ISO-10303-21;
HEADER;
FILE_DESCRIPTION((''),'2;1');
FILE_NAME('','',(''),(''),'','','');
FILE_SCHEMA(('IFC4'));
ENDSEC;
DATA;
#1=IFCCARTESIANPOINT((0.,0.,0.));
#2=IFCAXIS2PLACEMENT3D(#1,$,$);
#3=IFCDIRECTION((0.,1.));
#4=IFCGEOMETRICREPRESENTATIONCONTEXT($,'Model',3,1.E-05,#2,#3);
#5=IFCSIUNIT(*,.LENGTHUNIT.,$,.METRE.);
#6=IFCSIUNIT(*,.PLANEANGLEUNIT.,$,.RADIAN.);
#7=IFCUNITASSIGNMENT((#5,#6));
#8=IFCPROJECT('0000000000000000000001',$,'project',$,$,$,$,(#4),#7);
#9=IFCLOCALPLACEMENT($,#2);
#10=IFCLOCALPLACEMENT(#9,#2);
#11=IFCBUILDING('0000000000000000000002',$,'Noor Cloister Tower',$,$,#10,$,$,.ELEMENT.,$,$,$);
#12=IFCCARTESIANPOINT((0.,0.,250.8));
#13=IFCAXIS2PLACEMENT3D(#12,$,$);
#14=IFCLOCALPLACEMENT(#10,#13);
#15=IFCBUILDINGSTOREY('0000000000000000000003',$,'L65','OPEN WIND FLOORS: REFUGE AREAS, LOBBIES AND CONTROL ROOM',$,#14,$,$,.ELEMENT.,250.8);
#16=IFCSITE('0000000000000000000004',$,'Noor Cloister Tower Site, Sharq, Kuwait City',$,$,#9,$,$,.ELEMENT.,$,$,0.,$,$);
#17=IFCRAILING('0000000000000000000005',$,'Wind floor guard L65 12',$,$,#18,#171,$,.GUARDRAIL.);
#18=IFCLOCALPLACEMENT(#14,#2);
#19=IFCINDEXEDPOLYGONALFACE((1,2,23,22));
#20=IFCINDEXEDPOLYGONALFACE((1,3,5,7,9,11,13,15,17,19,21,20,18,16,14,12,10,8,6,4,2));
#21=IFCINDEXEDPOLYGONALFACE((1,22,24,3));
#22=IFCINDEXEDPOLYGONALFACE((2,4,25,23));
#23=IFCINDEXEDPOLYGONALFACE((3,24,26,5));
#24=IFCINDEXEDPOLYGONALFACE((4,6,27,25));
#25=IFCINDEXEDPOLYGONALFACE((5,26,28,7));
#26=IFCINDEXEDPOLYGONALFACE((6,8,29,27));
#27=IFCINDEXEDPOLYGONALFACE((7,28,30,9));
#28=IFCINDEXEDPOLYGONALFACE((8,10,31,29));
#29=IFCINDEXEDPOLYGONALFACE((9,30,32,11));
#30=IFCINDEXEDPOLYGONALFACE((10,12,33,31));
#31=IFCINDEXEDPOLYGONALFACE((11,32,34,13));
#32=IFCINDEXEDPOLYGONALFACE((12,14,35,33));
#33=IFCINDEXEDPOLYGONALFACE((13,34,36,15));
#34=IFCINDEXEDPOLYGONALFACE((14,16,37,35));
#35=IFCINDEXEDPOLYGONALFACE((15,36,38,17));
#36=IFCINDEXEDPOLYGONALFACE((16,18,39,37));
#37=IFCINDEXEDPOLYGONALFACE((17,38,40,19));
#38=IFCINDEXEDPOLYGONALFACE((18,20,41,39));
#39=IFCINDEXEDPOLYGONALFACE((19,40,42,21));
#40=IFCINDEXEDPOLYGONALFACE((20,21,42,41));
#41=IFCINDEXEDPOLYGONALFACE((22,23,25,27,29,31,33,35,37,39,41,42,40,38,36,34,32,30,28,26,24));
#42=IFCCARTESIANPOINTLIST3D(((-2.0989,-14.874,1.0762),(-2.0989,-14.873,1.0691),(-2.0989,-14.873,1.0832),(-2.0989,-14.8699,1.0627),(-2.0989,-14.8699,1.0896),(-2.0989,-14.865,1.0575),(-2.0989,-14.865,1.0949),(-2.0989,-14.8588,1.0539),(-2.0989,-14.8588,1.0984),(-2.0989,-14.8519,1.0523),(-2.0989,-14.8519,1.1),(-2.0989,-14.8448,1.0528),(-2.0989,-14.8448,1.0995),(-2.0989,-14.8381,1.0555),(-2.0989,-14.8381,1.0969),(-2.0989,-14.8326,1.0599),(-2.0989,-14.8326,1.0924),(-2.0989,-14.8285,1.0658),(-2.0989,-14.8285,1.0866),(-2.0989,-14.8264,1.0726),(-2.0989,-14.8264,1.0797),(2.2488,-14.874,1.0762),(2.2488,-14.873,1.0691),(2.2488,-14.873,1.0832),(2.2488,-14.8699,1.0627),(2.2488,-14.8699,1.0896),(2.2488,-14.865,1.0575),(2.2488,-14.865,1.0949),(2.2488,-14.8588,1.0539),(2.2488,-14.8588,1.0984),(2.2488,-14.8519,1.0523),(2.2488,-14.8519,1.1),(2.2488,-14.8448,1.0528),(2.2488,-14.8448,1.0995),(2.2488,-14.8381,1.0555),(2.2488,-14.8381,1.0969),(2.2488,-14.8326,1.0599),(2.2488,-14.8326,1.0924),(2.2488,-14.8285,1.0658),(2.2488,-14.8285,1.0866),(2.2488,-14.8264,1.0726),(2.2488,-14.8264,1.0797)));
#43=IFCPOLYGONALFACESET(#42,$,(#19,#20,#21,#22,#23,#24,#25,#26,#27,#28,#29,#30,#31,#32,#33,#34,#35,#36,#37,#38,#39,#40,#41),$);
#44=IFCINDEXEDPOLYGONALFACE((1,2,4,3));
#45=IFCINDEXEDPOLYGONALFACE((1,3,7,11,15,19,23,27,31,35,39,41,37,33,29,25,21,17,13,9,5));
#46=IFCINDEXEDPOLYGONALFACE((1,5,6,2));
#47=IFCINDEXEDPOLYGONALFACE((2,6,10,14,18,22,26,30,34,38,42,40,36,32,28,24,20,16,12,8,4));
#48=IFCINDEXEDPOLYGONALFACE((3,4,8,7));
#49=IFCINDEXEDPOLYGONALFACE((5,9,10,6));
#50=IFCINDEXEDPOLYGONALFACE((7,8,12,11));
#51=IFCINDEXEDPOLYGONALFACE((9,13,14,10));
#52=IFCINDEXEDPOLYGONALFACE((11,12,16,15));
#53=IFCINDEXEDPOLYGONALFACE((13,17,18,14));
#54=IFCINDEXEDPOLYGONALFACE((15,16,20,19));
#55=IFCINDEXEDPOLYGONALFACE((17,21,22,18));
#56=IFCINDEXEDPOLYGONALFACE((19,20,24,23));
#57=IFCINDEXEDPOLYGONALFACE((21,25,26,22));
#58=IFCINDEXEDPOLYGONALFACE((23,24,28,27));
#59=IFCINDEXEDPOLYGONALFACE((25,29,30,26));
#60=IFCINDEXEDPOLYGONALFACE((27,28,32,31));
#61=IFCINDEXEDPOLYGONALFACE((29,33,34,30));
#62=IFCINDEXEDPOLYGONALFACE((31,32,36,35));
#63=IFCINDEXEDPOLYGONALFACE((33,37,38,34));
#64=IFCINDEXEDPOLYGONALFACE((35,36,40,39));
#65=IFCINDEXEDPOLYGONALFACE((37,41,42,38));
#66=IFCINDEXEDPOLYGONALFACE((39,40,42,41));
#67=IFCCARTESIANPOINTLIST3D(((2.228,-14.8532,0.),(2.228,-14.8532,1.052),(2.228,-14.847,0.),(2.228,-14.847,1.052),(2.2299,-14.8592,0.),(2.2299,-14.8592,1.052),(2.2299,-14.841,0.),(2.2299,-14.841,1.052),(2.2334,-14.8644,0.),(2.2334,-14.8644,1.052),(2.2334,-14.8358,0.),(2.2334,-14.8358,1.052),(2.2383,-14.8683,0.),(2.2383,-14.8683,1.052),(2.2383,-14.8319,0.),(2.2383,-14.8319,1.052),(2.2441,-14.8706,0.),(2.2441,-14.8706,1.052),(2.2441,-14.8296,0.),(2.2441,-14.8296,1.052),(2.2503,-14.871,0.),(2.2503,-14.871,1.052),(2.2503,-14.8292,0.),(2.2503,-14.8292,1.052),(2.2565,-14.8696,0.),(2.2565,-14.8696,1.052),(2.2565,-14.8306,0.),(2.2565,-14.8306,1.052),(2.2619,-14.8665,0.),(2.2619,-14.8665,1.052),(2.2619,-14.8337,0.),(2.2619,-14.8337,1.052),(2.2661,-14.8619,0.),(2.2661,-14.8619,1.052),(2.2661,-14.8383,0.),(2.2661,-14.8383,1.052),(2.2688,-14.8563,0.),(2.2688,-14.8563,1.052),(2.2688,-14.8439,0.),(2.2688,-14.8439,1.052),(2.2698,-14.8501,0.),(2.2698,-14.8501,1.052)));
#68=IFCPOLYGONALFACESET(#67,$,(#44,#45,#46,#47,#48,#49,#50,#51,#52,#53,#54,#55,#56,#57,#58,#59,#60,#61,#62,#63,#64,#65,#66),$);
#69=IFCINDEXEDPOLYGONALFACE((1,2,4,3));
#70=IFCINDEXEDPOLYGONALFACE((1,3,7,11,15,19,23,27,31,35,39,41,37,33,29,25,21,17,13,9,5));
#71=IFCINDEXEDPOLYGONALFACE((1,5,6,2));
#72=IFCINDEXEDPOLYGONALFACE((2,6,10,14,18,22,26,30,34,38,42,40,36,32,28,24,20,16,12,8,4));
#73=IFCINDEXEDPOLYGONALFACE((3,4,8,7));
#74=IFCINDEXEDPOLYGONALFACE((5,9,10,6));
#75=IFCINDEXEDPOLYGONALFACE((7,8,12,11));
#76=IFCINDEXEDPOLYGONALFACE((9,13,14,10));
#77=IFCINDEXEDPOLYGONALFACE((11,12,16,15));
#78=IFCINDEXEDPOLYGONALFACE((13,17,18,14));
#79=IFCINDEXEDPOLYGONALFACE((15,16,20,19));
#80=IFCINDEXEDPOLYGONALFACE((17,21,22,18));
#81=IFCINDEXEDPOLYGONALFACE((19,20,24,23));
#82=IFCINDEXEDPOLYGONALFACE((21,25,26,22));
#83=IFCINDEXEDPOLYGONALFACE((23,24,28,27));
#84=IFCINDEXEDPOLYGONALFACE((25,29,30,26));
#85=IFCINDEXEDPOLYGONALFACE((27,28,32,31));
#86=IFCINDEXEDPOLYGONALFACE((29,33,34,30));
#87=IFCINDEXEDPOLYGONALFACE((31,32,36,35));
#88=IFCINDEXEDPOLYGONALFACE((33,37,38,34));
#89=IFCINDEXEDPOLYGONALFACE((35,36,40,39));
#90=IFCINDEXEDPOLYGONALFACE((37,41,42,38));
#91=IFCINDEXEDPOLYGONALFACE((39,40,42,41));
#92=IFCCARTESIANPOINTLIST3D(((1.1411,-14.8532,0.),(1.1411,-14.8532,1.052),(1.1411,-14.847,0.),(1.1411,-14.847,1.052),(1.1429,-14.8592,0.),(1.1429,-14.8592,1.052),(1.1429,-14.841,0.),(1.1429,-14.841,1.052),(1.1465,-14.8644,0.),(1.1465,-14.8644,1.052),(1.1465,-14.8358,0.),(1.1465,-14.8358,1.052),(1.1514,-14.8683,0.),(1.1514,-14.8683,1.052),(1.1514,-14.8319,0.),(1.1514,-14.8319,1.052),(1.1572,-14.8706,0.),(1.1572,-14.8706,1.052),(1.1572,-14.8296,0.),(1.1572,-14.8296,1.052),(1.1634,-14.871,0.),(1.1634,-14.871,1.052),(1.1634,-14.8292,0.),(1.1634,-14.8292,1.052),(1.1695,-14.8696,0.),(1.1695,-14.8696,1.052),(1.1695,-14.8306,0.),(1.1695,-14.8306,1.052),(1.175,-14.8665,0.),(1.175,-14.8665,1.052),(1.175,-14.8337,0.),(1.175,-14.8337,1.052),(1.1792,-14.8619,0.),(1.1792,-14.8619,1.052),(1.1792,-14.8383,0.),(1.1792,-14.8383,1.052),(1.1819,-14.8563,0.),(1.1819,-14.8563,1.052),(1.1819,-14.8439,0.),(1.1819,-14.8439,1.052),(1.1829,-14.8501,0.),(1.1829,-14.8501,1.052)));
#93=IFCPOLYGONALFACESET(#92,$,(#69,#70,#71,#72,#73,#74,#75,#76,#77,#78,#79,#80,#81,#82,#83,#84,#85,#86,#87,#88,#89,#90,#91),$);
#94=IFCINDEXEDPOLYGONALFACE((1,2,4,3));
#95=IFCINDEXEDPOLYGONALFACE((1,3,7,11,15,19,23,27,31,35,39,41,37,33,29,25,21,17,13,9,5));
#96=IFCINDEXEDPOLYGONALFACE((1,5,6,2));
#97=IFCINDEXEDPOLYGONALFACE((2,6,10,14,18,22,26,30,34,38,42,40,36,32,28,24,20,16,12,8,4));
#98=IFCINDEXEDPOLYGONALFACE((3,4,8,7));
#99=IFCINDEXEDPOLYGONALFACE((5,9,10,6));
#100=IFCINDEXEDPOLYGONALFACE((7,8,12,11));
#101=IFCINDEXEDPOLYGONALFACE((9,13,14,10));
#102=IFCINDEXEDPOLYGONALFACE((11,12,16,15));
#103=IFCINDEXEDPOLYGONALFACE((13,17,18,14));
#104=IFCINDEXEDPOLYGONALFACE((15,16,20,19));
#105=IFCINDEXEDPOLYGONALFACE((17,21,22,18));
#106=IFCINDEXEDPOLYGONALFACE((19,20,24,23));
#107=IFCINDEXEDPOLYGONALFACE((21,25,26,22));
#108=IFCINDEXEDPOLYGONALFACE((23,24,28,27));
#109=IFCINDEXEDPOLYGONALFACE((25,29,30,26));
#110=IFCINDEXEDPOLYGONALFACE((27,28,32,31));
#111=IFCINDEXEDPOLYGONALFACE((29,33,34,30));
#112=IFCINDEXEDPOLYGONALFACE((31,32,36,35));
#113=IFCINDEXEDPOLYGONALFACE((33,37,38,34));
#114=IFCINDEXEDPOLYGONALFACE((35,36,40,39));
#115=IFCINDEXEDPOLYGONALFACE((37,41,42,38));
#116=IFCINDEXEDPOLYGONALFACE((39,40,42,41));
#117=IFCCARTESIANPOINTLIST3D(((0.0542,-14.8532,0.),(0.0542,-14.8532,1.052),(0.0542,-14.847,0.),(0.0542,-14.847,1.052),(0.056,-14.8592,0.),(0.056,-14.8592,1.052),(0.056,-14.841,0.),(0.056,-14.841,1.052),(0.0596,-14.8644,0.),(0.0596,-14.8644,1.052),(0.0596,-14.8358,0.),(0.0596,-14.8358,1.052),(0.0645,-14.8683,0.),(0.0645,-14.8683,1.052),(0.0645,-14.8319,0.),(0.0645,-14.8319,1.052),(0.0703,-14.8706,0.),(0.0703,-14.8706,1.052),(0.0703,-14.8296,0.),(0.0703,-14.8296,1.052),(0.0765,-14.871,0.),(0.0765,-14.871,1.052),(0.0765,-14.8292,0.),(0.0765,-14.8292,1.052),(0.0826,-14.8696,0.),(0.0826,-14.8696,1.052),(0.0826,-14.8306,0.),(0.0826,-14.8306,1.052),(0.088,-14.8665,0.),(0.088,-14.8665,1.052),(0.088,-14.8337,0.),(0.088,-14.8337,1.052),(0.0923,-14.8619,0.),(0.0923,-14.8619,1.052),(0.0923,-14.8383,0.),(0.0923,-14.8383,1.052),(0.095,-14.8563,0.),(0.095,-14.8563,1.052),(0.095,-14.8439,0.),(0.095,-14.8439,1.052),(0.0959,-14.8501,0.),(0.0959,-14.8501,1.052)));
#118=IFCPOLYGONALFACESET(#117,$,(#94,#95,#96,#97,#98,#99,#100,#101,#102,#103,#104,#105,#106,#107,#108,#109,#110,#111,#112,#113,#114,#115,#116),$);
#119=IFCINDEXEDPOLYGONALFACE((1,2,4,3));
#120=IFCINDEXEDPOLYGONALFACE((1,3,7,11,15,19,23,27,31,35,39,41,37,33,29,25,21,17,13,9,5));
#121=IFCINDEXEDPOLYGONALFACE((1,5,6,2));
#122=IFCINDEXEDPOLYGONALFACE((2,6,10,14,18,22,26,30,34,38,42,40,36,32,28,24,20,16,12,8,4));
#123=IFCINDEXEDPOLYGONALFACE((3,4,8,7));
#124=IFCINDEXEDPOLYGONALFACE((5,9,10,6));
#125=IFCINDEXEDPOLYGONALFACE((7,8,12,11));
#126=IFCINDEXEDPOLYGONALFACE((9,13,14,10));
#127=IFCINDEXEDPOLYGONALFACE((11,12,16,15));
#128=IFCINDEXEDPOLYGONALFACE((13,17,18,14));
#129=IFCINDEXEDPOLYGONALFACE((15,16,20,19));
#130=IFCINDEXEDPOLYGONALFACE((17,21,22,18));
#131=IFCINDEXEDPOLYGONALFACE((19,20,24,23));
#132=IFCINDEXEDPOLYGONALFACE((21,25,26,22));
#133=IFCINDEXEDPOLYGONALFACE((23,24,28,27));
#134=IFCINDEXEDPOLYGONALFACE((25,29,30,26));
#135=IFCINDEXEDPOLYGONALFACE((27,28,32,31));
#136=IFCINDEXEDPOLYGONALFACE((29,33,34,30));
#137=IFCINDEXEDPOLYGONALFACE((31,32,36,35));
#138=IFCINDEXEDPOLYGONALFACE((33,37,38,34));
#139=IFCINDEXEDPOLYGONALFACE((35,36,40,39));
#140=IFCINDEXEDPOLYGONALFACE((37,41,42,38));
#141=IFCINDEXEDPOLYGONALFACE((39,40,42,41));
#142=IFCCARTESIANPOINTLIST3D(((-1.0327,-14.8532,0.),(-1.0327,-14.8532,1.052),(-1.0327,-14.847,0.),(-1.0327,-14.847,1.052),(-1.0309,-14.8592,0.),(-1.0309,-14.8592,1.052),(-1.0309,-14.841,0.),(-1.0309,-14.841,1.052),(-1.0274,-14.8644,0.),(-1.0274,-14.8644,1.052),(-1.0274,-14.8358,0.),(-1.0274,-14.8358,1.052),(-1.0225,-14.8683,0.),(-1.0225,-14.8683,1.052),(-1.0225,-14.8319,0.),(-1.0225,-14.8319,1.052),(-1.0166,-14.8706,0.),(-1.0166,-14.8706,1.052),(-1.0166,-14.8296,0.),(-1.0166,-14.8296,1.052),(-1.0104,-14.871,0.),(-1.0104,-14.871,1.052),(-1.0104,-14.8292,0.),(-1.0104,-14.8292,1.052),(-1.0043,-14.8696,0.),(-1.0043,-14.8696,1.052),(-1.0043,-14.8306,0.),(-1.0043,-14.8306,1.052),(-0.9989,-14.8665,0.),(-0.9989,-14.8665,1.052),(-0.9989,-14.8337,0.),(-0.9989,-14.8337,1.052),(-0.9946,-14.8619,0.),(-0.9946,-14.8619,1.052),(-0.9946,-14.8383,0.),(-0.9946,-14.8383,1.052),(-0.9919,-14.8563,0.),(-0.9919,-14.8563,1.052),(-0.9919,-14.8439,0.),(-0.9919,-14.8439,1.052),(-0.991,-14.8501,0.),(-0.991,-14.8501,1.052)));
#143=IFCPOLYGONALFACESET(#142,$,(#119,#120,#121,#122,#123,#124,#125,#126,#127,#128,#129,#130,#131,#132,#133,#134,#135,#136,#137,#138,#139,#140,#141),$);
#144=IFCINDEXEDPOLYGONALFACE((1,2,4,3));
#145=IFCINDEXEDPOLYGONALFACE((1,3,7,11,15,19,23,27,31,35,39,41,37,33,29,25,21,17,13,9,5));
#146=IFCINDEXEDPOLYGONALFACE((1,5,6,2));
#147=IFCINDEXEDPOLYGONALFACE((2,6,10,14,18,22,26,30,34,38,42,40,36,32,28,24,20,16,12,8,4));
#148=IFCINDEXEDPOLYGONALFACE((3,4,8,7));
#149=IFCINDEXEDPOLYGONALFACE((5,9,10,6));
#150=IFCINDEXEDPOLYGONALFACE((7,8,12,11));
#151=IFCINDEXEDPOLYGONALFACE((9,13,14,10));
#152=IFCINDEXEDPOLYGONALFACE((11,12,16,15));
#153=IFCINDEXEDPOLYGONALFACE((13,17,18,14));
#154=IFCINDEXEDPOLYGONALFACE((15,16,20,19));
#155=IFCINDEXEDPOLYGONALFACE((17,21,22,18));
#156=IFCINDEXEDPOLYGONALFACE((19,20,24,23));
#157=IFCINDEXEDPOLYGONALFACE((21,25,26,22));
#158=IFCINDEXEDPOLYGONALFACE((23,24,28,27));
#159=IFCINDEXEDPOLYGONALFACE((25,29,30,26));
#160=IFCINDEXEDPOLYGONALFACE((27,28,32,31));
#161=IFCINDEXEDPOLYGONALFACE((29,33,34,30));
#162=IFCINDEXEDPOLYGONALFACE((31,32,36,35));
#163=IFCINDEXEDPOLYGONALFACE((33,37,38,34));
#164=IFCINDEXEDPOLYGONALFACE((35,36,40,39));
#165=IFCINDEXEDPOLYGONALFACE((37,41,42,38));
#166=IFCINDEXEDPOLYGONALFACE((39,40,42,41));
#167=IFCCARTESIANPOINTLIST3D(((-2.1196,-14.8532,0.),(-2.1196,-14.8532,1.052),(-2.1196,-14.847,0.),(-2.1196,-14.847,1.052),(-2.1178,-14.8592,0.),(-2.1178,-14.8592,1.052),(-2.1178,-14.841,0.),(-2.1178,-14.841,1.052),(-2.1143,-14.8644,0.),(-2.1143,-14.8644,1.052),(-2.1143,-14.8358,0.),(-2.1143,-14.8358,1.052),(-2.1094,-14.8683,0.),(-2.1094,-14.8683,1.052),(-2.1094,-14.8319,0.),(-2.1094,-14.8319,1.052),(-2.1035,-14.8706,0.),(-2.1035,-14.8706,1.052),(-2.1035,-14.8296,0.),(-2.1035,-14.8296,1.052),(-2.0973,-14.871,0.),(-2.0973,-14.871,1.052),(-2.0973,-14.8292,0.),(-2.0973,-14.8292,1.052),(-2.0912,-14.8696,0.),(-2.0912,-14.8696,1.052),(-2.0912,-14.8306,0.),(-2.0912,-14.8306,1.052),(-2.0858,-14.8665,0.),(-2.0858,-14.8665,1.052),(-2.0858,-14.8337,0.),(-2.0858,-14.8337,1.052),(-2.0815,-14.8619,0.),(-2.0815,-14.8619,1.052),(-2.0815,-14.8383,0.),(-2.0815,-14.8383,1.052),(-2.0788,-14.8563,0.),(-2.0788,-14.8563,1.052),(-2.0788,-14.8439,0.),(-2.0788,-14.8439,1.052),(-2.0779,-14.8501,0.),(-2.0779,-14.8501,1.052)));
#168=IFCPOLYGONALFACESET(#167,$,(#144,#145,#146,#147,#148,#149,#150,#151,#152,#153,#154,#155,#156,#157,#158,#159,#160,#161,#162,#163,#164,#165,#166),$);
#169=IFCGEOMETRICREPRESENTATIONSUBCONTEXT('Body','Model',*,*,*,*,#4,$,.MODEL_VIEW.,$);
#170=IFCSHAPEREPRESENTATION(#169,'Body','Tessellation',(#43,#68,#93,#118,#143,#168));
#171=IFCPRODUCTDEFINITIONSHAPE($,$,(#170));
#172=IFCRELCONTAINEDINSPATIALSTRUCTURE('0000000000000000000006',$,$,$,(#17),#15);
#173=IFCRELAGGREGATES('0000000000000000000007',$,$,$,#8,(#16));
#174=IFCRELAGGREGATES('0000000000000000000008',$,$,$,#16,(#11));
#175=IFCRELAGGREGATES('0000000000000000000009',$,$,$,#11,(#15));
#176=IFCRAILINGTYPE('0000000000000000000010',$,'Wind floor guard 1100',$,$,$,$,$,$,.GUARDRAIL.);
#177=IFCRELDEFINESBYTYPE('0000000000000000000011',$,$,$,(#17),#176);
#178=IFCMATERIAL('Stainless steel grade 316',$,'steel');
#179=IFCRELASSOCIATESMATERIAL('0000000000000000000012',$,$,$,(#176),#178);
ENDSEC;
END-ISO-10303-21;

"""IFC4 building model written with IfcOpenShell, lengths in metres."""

from ifc_helpers import new_model, si_unit, direction, frame, origin, origin_2d, place, context, subcontext, project, spatial, circle, extrude, material, type_object, element, save


model = new_model("IFC4")

# Units and contexts
model_context = context("Model", 3, precision=1e-05, world=origin(), true_north=direction((0.0, 1.0)))
body_context = subcontext(model_context, "Body", "Model", "MODEL_VIEW")
ifc_project = project(units=[si_unit("LENGTHUNIT", "METRE"), si_unit("PLANEANGLEUNIT", "RADIAN")], contexts=[model_context])

# Site, building, storey
site_placement = place(None, origin())
site = spatial("IfcSite", under=ifc_project, at=site_placement, Name="Noor Cloister Tower Site, Sharq, Kuwait City", CompositionType="ELEMENT", RefElevation=0.0)
building_placement = place(site_placement, origin())
building = spatial("IfcBuilding", under=site, at=building_placement, Name="Noor Cloister Tower", CompositionType="ELEMENT")
storey_placement = place(building_placement, frame((0.0, 0.0, 250.8)))
storey = spatial("IfcBuildingStorey", under=building, at=storey_placement, Name="L65", Description="OPEN WIND FLOORS: REFUGE AREAS, LOBBIES AND CONTROL ROOM", CompositionType="ELEMENT", Elevation=250.8)

# Railing
ifc_material_1 = material(Name="Stainless steel grade 316", Category="steel")
railing_type_1 = type_object("IfcRailingType", Name="Wind floor guard 1100", PredefinedType="GUARDRAIL", material=ifc_material_1)
railing_1_placement = place(storey_placement, frame((2.2488, -14.8501, 0.0)))
element("IfcRailing", 1, at=railing_1_placement, inside=storey, type_object=railing_type_1, Name="Wind floor guard L65 12", PredefinedType="GUARDRAIL", context=body_context, shape_type="SweptSolid", body=[
    extrude(circle(Radius=0.0239, at=origin_2d()), frame((0.0, 0.0, 1.0762), z_axis=(-1.0, 0.0, 0.0), x_axis=(0.0, -1.0, 0.0)), (0.0, 0.0, 1.0), 4.3477),
    extrude(circle(Radius=0.021, at=origin_2d()), origin(), (0.0, 0.0, 1.0), 1.052),
    extrude(circle(Radius=0.021, at=origin_2d()), frame((-1.0869, 0.0, 0.0)), (0.0, 0.0, 1.0), 1.052),
    extrude(circle(Radius=0.021, at=origin_2d()), frame((-2.1738, 0.0, 0.0)), (0.0, 0.0, 1.0), 1.052),
    extrude(circle(Radius=0.021, at=origin_2d()), frame((-3.2607, 0.0, 0.0)), (0.0, 0.0, 1.0), 1.052),
    extrude(circle(Radius=0.021, at=origin_2d()), frame((-4.3477, 0.0, 0.0)), (0.0, 0.0, 1.0), 1.052),
])

save(model, "model.ifc")
